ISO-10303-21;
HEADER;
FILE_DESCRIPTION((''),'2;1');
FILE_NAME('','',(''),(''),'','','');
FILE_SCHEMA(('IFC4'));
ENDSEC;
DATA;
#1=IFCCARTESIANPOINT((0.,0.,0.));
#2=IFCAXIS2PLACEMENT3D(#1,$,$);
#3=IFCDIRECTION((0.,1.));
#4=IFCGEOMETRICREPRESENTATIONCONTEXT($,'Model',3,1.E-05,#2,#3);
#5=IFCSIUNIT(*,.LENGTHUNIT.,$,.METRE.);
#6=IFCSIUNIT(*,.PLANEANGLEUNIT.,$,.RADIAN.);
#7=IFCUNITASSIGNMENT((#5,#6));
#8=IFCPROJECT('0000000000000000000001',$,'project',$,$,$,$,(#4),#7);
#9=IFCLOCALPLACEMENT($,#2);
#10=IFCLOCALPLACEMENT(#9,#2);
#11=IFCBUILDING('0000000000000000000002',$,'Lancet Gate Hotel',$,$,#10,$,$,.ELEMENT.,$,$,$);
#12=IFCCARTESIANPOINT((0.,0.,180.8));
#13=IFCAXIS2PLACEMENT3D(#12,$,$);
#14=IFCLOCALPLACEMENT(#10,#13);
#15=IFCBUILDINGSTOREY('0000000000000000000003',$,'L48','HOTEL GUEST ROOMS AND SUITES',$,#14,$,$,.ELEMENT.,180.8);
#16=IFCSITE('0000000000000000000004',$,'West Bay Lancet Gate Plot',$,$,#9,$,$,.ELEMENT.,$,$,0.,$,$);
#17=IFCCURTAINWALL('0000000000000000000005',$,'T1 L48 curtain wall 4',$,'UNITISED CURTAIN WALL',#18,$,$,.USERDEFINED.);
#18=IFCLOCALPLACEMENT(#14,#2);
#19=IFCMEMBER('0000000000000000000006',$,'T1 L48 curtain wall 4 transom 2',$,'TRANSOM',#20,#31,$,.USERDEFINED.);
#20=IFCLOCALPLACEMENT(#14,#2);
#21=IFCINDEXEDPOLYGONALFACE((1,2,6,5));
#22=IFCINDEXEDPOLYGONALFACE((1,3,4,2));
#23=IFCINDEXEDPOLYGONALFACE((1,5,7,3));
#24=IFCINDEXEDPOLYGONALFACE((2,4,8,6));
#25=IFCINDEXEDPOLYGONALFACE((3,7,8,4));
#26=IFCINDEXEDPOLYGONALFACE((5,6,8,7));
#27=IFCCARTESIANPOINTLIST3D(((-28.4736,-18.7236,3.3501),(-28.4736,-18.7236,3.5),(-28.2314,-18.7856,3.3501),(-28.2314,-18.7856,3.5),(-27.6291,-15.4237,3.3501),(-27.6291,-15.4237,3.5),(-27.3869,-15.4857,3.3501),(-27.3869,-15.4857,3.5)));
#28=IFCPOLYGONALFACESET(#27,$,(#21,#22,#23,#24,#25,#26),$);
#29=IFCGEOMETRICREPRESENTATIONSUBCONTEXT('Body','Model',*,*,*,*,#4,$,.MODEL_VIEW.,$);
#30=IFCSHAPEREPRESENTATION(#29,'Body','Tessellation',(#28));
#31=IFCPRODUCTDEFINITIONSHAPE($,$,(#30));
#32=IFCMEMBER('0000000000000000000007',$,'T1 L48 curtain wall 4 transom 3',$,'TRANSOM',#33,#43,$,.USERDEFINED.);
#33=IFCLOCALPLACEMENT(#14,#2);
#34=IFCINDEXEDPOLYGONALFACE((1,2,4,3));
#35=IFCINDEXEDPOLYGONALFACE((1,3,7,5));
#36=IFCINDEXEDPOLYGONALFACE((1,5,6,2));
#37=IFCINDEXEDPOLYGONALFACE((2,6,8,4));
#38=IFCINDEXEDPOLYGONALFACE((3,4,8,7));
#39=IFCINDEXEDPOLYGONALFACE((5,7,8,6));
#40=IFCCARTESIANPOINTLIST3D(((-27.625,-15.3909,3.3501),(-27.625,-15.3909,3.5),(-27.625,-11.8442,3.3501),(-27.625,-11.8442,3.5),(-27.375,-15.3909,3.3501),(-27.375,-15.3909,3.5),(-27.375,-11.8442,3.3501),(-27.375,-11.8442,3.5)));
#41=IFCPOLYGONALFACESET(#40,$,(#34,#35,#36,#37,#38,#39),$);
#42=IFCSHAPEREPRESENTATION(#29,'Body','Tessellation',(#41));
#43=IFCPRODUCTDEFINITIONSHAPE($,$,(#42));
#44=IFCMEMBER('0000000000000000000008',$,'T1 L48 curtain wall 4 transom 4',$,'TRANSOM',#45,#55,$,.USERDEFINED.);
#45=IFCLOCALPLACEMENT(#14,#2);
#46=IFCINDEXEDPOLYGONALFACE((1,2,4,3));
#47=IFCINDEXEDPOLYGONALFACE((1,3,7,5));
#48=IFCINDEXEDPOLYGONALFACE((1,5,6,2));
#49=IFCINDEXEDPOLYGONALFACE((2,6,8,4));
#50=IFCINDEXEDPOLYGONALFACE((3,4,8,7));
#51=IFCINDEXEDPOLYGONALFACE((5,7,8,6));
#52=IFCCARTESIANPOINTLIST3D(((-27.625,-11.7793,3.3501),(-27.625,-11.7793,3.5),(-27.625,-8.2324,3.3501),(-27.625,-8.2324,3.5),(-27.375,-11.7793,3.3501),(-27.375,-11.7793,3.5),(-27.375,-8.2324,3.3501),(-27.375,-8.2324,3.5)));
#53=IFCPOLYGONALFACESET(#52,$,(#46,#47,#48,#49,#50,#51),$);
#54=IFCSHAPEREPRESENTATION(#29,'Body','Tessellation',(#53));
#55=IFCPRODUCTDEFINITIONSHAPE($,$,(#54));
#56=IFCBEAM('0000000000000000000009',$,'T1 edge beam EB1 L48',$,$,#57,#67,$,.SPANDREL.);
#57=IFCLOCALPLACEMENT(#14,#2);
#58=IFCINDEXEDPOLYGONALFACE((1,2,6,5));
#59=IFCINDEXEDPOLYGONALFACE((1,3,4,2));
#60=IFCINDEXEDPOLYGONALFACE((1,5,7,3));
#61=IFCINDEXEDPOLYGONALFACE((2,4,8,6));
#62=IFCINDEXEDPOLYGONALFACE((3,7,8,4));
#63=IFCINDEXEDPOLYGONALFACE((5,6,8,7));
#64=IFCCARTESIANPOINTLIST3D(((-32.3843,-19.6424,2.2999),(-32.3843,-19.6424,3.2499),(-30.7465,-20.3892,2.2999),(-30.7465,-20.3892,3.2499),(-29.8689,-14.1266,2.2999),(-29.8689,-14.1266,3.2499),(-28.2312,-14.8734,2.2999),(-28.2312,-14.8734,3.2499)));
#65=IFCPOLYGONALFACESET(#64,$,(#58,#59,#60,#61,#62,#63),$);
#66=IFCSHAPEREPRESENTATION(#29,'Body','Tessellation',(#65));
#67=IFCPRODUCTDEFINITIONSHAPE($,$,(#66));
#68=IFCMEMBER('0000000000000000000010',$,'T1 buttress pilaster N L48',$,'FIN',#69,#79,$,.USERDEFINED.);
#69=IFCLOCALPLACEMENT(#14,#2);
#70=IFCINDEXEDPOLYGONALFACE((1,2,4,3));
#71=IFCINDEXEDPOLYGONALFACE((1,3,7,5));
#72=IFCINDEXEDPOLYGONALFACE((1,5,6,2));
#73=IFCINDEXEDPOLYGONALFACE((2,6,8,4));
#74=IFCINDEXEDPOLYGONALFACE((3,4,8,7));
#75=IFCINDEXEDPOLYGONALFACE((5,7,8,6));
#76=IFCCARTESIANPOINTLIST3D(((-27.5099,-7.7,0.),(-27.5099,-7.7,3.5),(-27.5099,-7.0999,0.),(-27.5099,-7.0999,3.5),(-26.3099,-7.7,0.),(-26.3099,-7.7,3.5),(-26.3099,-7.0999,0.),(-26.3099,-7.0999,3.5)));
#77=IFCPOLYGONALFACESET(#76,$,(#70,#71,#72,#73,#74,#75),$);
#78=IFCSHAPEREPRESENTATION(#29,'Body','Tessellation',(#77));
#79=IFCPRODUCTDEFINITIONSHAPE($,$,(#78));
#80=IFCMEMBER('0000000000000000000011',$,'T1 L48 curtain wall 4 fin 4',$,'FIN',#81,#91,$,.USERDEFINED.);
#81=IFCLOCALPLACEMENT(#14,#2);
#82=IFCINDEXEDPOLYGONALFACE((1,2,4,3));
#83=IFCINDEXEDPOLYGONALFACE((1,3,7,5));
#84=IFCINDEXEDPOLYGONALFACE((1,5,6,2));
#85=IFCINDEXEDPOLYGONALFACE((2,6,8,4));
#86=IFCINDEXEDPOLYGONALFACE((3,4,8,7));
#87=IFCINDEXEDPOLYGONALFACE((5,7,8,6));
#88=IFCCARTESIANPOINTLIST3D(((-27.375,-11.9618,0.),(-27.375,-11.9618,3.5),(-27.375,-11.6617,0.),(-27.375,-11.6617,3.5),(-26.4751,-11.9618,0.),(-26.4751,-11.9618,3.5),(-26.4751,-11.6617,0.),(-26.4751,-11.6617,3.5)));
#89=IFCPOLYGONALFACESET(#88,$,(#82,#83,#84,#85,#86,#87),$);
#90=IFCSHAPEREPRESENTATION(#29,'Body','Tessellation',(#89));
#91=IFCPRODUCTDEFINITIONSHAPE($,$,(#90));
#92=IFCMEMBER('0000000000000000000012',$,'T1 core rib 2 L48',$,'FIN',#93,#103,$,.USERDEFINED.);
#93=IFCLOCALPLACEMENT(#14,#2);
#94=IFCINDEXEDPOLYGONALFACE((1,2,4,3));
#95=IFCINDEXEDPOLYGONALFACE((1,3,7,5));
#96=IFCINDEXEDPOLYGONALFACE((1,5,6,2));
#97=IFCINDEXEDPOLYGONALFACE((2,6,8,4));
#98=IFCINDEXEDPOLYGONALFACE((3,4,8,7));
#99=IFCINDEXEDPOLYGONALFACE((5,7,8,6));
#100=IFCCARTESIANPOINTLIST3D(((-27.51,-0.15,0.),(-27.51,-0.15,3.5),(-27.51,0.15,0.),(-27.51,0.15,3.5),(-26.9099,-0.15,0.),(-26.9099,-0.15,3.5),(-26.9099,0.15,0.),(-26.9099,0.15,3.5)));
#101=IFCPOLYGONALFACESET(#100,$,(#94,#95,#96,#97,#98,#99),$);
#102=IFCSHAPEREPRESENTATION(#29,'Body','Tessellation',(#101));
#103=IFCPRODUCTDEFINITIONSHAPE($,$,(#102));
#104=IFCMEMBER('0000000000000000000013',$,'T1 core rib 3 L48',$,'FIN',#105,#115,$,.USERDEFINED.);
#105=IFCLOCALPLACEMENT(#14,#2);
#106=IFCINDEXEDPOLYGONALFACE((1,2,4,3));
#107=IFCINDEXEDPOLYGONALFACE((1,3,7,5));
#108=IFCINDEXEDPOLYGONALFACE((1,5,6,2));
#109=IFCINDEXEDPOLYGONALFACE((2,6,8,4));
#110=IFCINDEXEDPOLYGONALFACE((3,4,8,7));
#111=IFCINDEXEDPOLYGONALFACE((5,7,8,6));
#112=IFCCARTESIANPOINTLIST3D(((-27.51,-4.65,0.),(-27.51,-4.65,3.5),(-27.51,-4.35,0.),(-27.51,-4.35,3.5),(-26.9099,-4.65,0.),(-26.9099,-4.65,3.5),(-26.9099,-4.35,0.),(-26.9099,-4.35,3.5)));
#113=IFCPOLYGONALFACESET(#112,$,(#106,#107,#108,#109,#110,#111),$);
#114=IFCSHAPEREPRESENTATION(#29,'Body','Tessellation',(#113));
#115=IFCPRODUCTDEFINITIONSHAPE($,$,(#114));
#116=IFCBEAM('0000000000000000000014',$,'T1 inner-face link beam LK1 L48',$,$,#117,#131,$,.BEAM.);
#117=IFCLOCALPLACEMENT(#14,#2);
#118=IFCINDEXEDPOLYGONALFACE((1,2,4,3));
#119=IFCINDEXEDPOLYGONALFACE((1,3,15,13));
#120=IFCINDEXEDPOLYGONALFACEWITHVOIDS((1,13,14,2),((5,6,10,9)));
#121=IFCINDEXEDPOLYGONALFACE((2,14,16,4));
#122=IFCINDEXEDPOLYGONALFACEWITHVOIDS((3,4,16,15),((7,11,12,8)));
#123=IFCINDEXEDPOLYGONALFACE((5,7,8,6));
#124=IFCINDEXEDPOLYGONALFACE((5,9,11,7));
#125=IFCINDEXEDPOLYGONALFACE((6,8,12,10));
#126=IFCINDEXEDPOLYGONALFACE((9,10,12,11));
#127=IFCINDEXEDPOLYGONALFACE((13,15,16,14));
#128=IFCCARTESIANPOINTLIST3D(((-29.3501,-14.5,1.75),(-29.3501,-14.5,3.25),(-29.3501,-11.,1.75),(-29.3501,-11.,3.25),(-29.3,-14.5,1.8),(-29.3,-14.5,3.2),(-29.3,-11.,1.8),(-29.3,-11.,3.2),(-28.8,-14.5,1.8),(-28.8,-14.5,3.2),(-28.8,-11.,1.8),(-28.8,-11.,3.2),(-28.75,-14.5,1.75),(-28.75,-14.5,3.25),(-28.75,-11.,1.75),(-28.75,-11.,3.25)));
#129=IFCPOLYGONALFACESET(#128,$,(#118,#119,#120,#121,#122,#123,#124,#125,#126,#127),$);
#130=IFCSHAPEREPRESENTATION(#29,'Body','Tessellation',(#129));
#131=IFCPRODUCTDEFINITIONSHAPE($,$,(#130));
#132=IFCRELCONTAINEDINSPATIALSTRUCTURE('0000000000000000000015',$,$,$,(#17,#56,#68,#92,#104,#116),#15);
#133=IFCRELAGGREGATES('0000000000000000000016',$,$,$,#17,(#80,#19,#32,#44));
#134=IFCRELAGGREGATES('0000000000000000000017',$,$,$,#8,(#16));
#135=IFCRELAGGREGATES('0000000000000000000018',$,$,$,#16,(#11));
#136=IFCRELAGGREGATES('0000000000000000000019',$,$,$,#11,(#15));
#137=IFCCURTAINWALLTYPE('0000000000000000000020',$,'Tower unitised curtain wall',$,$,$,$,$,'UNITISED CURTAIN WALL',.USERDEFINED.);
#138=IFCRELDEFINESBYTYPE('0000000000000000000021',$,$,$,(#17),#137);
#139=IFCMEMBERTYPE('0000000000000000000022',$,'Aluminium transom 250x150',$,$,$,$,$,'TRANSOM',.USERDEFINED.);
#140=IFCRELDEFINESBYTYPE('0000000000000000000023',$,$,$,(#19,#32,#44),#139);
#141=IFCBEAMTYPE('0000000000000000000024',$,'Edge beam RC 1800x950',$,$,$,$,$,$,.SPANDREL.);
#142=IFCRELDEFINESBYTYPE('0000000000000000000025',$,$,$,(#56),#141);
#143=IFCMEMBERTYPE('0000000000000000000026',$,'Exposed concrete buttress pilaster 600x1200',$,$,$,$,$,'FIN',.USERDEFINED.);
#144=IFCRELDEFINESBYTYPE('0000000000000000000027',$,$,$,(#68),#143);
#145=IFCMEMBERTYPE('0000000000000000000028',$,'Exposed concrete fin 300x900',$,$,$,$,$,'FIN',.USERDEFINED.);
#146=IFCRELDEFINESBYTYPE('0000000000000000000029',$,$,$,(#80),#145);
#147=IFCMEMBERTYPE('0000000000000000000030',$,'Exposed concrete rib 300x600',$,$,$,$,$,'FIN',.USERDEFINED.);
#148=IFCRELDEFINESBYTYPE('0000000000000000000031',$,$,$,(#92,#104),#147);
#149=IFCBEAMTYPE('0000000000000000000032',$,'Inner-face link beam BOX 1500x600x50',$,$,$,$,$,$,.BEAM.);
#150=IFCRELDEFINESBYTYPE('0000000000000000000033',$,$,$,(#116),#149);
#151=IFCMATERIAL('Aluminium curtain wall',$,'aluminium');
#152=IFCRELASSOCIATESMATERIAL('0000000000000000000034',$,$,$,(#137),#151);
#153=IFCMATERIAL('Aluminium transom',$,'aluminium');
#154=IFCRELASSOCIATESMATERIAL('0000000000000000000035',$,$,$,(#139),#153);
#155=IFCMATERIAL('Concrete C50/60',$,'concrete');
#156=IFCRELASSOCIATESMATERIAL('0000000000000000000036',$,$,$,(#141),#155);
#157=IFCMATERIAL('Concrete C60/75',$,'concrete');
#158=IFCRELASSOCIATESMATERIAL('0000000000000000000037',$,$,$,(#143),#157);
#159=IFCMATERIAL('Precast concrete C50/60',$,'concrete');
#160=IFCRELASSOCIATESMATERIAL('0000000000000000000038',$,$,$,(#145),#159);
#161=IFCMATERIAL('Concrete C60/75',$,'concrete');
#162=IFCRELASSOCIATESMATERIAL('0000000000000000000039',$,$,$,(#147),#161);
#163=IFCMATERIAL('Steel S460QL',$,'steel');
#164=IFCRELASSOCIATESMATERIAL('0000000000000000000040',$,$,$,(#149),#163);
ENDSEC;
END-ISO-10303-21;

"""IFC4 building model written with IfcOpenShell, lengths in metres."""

from ifc_helpers import new_model, si_unit, direction, frame, origin, origin_2d, place, context, subcontext, project, spatial, rectangle, hollow_rectangle, extrude, material, material_profile, profile_set, type_object, element, aggregate, save


model = new_model("IFC4")

# Units and contexts
model_context = context("Model", 3, precision=1e-05, world=origin(), true_north=direction((0.0, 1.0)))
body_context = subcontext(model_context, "Body", "Model", "MODEL_VIEW")
ifc_project = project(units=[si_unit("LENGTHUNIT", "METRE"), si_unit("PLANEANGLEUNIT", "RADIAN")], contexts=[model_context])

# Site, building, storey
site_placement = place(None, origin())
site = spatial("IfcSite", under=ifc_project, at=site_placement, Name="West Bay Lancet Gate Plot", CompositionType="ELEMENT", RefElevation=0.0)
building_placement = place(site_placement, origin())
building = spatial("IfcBuilding", under=site, at=building_placement, Name="Lancet Gate Hotel", CompositionType="ELEMENT")
storey_placement = place(building_placement, frame((0.0, 0.0, 180.8)))
storey = spatial("IfcBuildingStorey", under=building, at=storey_placement, Name="L48", Description="HOTEL GUEST ROOMS AND SUITES", CompositionType="ELEMENT", Elevation=180.8)

# Curtain wall, members
ifc_material_1 = material(Name="Aluminium curtain wall", Category="aluminium")
curtain_wall_type = type_object("IfcCurtainWallType", Name="Tower unitised curtain wall", ElementType="UNITISED CURTAIN WALL", PredefinedType="USERDEFINED", material=ifc_material_1)
curtain_wall_placement = place(storey_placement, origin())
curtain_wall = element("IfcCurtainWall", 1, at=curtain_wall_placement, inside=storey, type_object=curtain_wall_type, Name="T1 L48 curtain wall 4", ObjectType="UNITISED CURTAIN WALL", PredefinedType="USERDEFINED")
ifc_material_2 = material(Name="Aluminium transom", Category="aluminium")
ifc_material_profile_1 = material_profile(ifc_material_2, rectangle(XDim=0.25, YDim=0.1499, at=origin_2d()), Name="TRANSOM 250x150")
ifc_profile_set_1 = profile_set([ifc_material_profile_1], Name="Aluminium transom")
member_type_1 = type_object("IfcMemberType", Name="Aluminium transom 250x150", ElementType="TRANSOM", PredefinedType="USERDEFINED", material=ifc_profile_set_1)
member_1_placement = place(storey_placement, frame((-28.3525, -18.7546, 3.425), z_axis=(0.247929, 0.968778, 0.0), x_axis=(-0.968778, 0.247929, 0.0)))
member_1 = element("IfcMember", 2, at=member_1_placement, type_object=member_type_1, Name="T1 L48 curtain wall 4 transom 2", ObjectType="TRANSOM", PredefinedType="USERDEFINED", context=body_context, shape_type="SweptSolid", body=[
    extrude(rectangle(XDim=0.25, YDim=0.1499, at=origin_2d()), origin(), (0.0, 0.0, 1.0), 3.4062),
])
member_2_placement = place(storey_placement, frame((-27.5, -15.3909, 3.425), z_axis=(0.0, 1.0, 0.0), x_axis=(-1.0, 0.0, 0.0)))
member_2 = element("IfcMember", 3, at=member_2_placement, type_object=member_type_1, Name="T1 L48 curtain wall 4 transom 3", ObjectType="TRANSOM", PredefinedType="USERDEFINED", context=body_context, shape_type="SweptSolid", body=[
    extrude(rectangle(XDim=0.25, YDim=0.1499, at=origin_2d()), origin(), (0.0, 0.0, 1.0), 3.5466),
])
member_3_placement = place(storey_placement, frame((-27.5, -11.7793, 3.425), z_axis=(0.0, 1.0, 0.0), x_axis=(-1.0, 0.0, 0.0)))
member_3 = element("IfcMember", 4, at=member_3_placement, type_object=member_type_1, Name="T1 L48 curtain wall 4 transom 4", ObjectType="TRANSOM", PredefinedType="USERDEFINED", context=body_context, shape_type="SweptSolid", body=[
    extrude(rectangle(XDim=0.25, YDim=0.1499, at=origin_2d()), origin(), (0.0, 0.0, 1.0), 3.5469),
])

# Beam
ifc_material_3 = material(Name="Concrete C50/60", Category="concrete")
ifc_material_profile_2 = material_profile(ifc_material_3, rectangle(XDim=1.8, YDim=0.95, at=origin_2d()), Name="RC 1800x950")
ifc_profile_set_2 = profile_set([ifc_material_profile_2], Name="Concrete C50/60")
beam_type_1 = type_object("IfcBeamType", Name="Edge beam RC 1800x950", PredefinedType="SPANDREL", material=ifc_profile_set_2)
beam_1_placement = place(storey_placement, frame((-29.05, -14.5, 2.7749), z_axis=(-0.414919, -0.909858, 0.0), x_axis=(0.909858, -0.414919, 0.0)))
element("IfcBeam", 5, at=beam_1_placement, inside=storey, type_object=beam_type_1, Name="T1 edge beam EB1 L48", PredefinedType="SPANDREL", context=body_context, shape_type="SweptSolid", body=[
    extrude(rectangle(XDim=1.8, YDim=0.95, at=origin_2d()), origin(), (0.0, 0.0, 1.0), 6.0623),
])

# Members
ifc_material_4 = material(Name="Concrete C60/75", Category="concrete")
ifc_material_profile_3 = material_profile(ifc_material_4, rectangle(XDim=0.6001, YDim=1.2, at=origin_2d()), Name="FIN 600x1200")
ifc_profile_set_3 = profile_set([ifc_material_profile_3], Name="Concrete C60/75")
member_type_2 = type_object("IfcMemberType", Name="Exposed concrete buttress pilaster 600x1200", ElementType="FIN", PredefinedType="USERDEFINED", material=ifc_profile_set_3)
member_4_placement = place(storey_placement, frame((-26.9099, -7.3999, 0.0), z_axis=(0.0, 0.0, 1.0), x_axis=(0.0, 1.0, 0.0)))
element("IfcMember", 6, at=member_4_placement, inside=storey, type_object=member_type_2, Name="T1 buttress pilaster N L48", ObjectType="FIN", PredefinedType="USERDEFINED", context=body_context, shape_type="SweptSolid", body=[
    extrude(rectangle(XDim=0.6001, YDim=1.2, at=origin_2d()), origin(), (0.0, 0.0, 1.0), 3.5),
])
ifc_material_5 = material(Name="Precast concrete C50/60", Category="concrete")
ifc_material_profile_4 = material_profile(ifc_material_5, rectangle(XDim=0.3, YDim=0.8999, at=origin_2d()), Name="FIN 300x900")
ifc_profile_set_4 = profile_set([ifc_material_profile_4], Name="Precast concrete C50/60")
member_type_3 = type_object("IfcMemberType", Name="Exposed concrete fin 300x900", ElementType="FIN", PredefinedType="USERDEFINED", material=ifc_profile_set_4)
member_5_placement = place(storey_placement, frame((-26.925, -11.8118, 0.0), z_axis=(0.0, 0.0, 1.0), x_axis=(0.0, 1.0, 0.0)))
member_5 = element("IfcMember", 7, at=member_5_placement, type_object=member_type_3, Name="T1 L48 curtain wall 4 fin 4", ObjectType="FIN", PredefinedType="USERDEFINED", context=body_context, shape_type="SweptSolid", body=[
    extrude(rectangle(XDim=0.3, YDim=0.8999, at=origin_2d()), origin(), (0.0, 0.0, 1.0), 3.5),
])

# Members
ifc_material_6 = material(Name="Concrete C60/75", Category="concrete")
ifc_material_profile_5 = material_profile(ifc_material_6, rectangle(XDim=0.3, YDim=0.6001, at=origin_2d()), Name="FIN 300x600")
ifc_profile_set_5 = profile_set([ifc_material_profile_5], Name="Concrete C60/75")
member_type_4 = type_object("IfcMemberType", Name="Exposed concrete rib 300x600", ElementType="FIN", PredefinedType="USERDEFINED", material=ifc_profile_set_5)
for number, where, z_axis, x_axis, name in (
    (8, (-27.21, 0.0, 0.0), (0.0, 0.0, 1.0), (0.0, 1.0, 0.0), "T1 core rib 2 L48"),
    (9, (-27.21, -4.5, 0.0), (0.0, 0.0, 1.0), (0.0, 1.0, 0.0), "T1 core rib 3 L48"),
):
    element("IfcMember", number, at=place(storey_placement, frame(where, z_axis=z_axis, x_axis=x_axis)), inside=storey, type_object=member_type_4, Name=name, ObjectType="FIN", PredefinedType="USERDEFINED", context=body_context, shape_type="SweptSolid", body=[
        extrude(rectangle(XDim=0.3, YDim=0.6001, at=origin_2d()), origin(), (0.0, 0.0, 1.0), 3.5),
    ])

# Beam
ifc_material_7 = material(Name="Steel S460QL", Category="steel")
ifc_material_profile_6 = material_profile(ifc_material_7, hollow_rectangle(XDim=0.6001, YDim=1.5, WallThickness=0.05, at=origin_2d()), Name="BOX 1500x600x50")
ifc_profile_set_6 = profile_set([ifc_material_profile_6], Name="Steel S460QL")
beam_type_2 = type_object("IfcBeamType", Name="Inner-face link beam BOX 1500x600x50", PredefinedType="BEAM", material=ifc_profile_set_6)
beam_2_placement = place(storey_placement, frame((-29.05, -11.0, 2.5), z_axis=(0.0, -1.0, 0.0), x_axis=(1.0, 0.0, 0.0)))
element("IfcBeam", 10, at=beam_2_placement, inside=storey, type_object=beam_type_2, Name="T1 inner-face link beam LK1 L48", PredefinedType="BEAM", context=body_context, shape_type="SweptSolid", body=[
    extrude(hollow_rectangle(XDim=0.6001, YDim=1.5, WallThickness=0.05, at=origin_2d()), origin(), (0.0, 0.0, 1.0), 3.5),
])

aggregate(curtain_wall, [member_5, member_1, member_2, member_3])

save(model, "model.ifc")
